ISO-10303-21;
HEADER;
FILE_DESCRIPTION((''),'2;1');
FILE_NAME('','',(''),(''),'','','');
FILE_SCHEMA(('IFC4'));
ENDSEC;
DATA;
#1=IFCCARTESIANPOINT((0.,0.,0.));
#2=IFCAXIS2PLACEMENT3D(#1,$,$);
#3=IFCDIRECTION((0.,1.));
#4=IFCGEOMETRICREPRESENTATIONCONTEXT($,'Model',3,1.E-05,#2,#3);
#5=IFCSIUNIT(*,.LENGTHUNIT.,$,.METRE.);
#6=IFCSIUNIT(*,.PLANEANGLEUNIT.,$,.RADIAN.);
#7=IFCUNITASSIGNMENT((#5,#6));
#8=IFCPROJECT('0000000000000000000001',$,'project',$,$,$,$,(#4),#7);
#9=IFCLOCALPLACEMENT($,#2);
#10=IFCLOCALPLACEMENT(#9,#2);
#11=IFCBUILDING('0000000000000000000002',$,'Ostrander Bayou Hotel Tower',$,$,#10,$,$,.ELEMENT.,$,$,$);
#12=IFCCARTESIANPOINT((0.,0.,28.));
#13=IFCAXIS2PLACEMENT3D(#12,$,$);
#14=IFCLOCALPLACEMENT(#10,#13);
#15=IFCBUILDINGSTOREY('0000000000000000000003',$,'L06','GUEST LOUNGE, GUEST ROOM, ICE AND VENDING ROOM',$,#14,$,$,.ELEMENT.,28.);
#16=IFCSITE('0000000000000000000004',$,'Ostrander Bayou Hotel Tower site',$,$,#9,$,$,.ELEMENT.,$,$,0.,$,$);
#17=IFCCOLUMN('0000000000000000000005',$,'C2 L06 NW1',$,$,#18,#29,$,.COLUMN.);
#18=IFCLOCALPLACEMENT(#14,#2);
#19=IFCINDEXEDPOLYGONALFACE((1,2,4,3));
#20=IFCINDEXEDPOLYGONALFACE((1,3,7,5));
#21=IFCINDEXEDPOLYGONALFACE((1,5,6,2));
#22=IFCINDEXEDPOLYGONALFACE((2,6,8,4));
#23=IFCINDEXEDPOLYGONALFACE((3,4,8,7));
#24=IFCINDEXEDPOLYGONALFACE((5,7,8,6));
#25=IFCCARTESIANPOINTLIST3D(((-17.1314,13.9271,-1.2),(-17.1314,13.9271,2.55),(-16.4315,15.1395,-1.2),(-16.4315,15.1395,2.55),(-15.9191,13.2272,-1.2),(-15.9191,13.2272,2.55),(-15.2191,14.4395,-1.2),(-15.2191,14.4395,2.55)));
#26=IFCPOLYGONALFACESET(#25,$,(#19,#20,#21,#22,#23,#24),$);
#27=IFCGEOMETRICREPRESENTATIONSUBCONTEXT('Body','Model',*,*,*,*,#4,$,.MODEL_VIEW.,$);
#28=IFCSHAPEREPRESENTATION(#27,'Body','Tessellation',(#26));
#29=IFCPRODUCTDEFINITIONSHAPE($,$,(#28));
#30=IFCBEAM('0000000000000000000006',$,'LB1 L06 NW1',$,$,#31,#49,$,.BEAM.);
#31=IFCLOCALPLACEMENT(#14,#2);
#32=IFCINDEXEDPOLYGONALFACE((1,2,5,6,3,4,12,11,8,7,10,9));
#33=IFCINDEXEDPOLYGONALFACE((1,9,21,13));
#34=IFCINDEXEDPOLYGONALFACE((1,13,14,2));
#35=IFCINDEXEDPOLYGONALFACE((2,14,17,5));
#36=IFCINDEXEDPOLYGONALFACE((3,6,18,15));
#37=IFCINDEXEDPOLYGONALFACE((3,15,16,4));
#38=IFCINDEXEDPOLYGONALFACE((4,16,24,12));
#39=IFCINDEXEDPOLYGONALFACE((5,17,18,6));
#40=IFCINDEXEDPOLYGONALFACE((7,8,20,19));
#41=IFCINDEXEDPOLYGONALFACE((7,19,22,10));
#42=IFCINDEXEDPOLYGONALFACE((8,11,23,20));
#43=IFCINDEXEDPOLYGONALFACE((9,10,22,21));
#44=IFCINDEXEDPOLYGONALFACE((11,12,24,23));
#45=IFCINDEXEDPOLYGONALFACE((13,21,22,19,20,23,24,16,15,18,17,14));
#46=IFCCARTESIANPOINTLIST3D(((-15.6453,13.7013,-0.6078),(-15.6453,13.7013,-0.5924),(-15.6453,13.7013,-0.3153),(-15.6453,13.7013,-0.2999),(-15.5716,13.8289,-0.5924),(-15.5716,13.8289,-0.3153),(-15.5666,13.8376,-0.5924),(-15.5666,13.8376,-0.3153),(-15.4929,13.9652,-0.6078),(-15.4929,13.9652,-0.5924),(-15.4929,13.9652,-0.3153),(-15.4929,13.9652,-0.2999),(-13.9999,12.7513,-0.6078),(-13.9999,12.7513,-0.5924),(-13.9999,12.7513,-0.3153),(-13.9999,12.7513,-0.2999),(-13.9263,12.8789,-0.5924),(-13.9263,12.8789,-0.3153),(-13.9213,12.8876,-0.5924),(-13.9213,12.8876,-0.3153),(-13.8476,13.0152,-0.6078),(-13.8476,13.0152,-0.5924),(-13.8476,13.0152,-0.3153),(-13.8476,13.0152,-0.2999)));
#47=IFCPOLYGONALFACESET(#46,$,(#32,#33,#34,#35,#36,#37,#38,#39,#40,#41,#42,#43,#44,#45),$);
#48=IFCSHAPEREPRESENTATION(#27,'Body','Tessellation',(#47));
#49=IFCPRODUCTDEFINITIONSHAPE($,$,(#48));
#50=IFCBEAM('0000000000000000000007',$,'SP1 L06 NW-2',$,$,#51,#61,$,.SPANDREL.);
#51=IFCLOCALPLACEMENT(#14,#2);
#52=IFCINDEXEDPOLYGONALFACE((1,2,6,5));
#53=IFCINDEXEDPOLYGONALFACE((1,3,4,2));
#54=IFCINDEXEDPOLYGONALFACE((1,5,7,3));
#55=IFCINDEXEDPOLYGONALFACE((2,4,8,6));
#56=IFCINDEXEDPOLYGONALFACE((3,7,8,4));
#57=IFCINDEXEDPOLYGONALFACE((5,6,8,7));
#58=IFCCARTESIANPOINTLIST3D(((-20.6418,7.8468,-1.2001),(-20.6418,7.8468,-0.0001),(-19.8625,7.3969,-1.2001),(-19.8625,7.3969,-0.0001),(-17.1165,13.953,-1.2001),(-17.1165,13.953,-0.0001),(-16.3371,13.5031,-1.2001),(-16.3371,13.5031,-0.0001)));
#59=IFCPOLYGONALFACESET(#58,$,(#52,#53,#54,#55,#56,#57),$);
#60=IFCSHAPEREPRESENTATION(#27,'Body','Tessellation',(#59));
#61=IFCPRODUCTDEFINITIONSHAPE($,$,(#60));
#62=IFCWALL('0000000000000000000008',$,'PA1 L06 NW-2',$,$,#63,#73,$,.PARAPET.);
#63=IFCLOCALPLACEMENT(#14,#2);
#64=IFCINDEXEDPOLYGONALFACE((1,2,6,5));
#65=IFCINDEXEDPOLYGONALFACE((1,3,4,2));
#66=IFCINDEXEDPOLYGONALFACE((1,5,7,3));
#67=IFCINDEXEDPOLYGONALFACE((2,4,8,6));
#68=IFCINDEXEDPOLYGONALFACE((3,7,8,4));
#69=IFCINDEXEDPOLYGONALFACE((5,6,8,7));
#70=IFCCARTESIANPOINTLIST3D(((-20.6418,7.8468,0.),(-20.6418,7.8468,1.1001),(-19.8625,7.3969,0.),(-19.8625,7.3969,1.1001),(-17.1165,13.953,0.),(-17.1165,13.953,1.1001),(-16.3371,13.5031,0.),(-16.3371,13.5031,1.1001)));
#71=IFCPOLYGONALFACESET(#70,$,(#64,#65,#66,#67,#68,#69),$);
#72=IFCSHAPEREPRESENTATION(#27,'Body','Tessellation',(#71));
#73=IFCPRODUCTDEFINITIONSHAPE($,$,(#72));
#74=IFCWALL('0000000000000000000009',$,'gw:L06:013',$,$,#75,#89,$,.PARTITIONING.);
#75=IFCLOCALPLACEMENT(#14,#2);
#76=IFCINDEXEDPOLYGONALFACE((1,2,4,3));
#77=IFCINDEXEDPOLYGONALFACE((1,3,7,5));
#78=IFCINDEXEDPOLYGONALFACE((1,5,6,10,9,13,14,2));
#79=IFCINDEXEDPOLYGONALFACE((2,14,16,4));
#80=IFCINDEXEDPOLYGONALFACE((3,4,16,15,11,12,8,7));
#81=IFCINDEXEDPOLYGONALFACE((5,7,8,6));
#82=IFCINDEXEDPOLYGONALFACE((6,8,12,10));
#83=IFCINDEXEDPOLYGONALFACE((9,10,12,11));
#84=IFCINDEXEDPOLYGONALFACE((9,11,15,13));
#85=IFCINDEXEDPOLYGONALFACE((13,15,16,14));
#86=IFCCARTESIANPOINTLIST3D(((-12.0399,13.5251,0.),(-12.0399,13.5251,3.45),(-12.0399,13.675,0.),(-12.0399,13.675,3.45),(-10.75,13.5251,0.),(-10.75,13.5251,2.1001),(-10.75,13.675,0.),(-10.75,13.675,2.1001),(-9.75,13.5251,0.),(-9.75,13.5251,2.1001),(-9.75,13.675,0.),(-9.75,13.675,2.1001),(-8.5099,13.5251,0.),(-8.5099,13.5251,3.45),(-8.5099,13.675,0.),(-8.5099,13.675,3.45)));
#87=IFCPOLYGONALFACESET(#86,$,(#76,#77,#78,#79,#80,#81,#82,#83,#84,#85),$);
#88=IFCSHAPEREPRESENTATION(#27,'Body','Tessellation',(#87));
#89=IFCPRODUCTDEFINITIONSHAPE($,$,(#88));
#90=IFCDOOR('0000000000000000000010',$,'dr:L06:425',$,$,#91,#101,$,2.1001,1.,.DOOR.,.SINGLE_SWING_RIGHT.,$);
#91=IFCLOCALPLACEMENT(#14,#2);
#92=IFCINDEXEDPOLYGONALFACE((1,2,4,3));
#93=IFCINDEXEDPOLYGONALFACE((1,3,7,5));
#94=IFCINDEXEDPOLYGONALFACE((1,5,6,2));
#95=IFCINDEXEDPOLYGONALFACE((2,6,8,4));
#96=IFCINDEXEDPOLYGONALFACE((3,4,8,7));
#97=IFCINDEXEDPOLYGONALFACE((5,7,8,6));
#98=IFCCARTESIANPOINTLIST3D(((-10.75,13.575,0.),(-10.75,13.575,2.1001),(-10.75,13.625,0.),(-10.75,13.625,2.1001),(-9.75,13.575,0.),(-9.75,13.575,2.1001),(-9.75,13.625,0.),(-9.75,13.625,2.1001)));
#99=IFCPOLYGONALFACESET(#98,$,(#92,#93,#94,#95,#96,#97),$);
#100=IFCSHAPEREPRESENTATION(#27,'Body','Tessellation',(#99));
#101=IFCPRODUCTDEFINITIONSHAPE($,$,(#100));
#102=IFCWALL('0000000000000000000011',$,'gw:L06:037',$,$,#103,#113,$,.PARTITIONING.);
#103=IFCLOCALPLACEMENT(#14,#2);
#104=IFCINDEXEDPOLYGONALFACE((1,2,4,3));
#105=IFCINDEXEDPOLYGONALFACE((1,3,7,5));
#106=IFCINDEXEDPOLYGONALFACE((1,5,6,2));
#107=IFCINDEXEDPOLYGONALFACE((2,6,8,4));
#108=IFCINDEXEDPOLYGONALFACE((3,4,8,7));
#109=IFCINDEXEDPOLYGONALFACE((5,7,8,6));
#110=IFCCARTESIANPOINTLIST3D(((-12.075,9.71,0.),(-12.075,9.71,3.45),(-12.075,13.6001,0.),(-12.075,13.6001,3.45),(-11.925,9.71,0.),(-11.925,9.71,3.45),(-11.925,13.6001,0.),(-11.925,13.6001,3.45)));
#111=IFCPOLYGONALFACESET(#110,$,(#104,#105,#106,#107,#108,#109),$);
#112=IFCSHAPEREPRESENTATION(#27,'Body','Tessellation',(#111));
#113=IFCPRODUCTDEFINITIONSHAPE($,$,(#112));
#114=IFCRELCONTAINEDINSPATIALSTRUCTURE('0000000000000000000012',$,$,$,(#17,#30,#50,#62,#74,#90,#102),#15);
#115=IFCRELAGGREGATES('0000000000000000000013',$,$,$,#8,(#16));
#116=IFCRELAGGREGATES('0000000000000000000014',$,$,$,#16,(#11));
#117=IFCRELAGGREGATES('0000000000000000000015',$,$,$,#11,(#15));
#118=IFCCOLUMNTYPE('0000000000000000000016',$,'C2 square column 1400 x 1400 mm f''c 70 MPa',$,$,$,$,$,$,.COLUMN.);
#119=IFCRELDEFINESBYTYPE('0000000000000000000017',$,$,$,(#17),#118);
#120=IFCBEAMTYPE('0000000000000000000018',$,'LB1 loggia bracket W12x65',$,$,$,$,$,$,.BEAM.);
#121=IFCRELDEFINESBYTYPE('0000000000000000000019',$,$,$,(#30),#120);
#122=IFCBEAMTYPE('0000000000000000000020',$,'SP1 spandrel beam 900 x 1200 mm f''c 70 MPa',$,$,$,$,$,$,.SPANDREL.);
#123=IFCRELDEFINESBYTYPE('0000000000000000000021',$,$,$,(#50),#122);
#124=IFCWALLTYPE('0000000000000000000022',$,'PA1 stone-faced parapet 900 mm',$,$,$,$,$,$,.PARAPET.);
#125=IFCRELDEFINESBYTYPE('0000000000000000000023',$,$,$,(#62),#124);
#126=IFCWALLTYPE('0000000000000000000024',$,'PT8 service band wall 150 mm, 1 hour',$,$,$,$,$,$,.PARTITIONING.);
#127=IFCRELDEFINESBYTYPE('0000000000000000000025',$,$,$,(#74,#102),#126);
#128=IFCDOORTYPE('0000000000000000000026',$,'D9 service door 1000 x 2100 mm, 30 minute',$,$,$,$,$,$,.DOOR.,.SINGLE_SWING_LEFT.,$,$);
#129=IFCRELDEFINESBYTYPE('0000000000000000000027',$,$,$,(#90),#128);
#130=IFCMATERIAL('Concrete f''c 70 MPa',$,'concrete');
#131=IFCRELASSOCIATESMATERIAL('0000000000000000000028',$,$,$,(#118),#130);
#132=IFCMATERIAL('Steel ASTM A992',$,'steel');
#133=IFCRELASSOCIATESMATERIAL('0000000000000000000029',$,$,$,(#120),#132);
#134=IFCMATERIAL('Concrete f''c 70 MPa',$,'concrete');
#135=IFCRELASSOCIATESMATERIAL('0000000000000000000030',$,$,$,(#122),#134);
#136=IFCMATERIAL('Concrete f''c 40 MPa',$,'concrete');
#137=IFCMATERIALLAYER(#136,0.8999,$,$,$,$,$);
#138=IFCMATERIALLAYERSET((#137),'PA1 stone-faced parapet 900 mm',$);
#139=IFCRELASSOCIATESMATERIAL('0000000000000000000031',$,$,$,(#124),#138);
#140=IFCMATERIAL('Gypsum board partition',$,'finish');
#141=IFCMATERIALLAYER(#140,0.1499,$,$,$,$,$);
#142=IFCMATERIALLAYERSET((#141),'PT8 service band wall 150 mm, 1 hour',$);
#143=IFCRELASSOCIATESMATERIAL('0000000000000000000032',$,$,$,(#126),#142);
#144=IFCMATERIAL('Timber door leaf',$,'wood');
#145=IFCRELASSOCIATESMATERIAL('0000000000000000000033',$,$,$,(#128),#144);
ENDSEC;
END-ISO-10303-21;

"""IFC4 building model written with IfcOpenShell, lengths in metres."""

from ifc_helpers import new_model, si_unit, direction, frame, frame_2d, origin, origin_2d, place, context, subcontext, project, spatial, rectangle, i_section, extrude, material, layer, layer_set, material_profile, profile_set, type_object, element, fill, save


model = new_model("IFC4")

# Units and contexts
model_context = context("Model", 3, precision=1e-05, world=origin(), true_north=direction((0.0, 1.0)))
body_context = subcontext(model_context, "Body", "Model", "MODEL_VIEW")
ifc_project = project(units=[si_unit("LENGTHUNIT", "METRE"), si_unit("PLANEANGLEUNIT", "RADIAN")], contexts=[model_context])

# Site, building, storey
site_placement = place(None, origin())
site = spatial("IfcSite", under=ifc_project, at=site_placement, Name="Ostrander Bayou Hotel Tower site", CompositionType="ELEMENT", RefElevation=0.0)
building_placement = place(site_placement, origin())
building = spatial("IfcBuilding", under=site, at=building_placement, Name="Ostrander Bayou Hotel Tower", CompositionType="ELEMENT")
storey_placement = place(building_placement, frame((0.0, 0.0, 28.0)))
storey = spatial("IfcBuildingStorey", under=building, at=storey_placement, Name="L06", Description="GUEST LOUNGE, GUEST ROOM, ICE AND VENDING ROOM", CompositionType="ELEMENT", Elevation=28.0)

# Column
ifc_material_1 = material(Name="Concrete f'c 70 MPa", Category="concrete")
ifc_material_profile_1 = material_profile(ifc_material_1, rectangle(XDim=1.3999, YDim=1.3999, at=origin_2d()))
ifc_profile_set_1 = profile_set([ifc_material_profile_1], Name="Concrete f'c 70 MPa")
column_type = type_object("IfcColumnType", Name="C2 square column 1400 x 1400 mm f'c 70 MPa", PredefinedType="COLUMN", material=ifc_profile_set_1)
column_placement = place(storey_placement, frame((-16.1753, 14.1833, -1.2), z_axis=(0.0, 0.0, 1.0), x_axis=(0.5, 0.866025, 0.0)))
element("IfcColumn", 1, at=column_placement, inside=storey, type_object=column_type, Name="C2 L06 NW1", PredefinedType="COLUMN", context=body_context, shape_type="SweptSolid", body=[
    extrude(rectangle(XDim=1.3999, YDim=1.3999, at=origin_2d()), origin(), (0.0, 0.0, 1.0), 3.75),
])

# Beams
ifc_material_2 = material(Name="Steel ASTM A992", Category="steel")
ifc_material_profile_2 = material_profile(ifc_material_2, i_section(OverallWidth=0.3047, OverallDepth=0.3079, WebThickness=0.01, FlangeThickness=0.0154, at=origin_2d()))
ifc_profile_set_2 = profile_set([ifc_material_profile_2], Name="Steel ASTM A992")
beam_type_1 = type_object("IfcBeamType", Name="LB1 loggia bracket W12x65", PredefinedType="BEAM", material=ifc_profile_set_2)
beam_1_placement = place(storey_placement, frame((-15.5691, 13.8333, -0.4539), z_axis=(0.866012, -0.500023, 0.0), x_axis=(0.500023, 0.866012, 0.0)))
element("IfcBeam", 2, at=beam_1_placement, inside=storey, type_object=beam_type_1, Name="LB1 L06 NW1", PredefinedType="BEAM", context=body_context, shape_type="SweptSolid", body=[
    extrude(i_section(OverallWidth=0.3047, OverallDepth=0.3079, WebThickness=0.01, FlangeThickness=0.0154, at=origin_2d()), origin(), (0.0, 0.0, 1.0), 1.8999),
])
ifc_material_3 = material(Name="Concrete f'c 70 MPa", Category="concrete")
ifc_material_profile_3 = material_profile(ifc_material_3, rectangle(XDim=0.8999, YDim=1.2, at=origin_2d()))
ifc_profile_set_3 = profile_set([ifc_material_profile_3], Name="Concrete f'c 70 MPa")
beam_type_2 = type_object("IfcBeamType", Name="SP1 spandrel beam 900 x 1200 mm f'c 70 MPa", PredefinedType="SPANDREL", material=ifc_profile_set_3)
beam_2_placement = place(storey_placement, frame((-16.7268, 13.728, -0.6001), z_axis=(-0.499997, -0.866027, 0.0), x_axis=(0.866027, -0.499997, 0.0)))
element("IfcBeam", 3, at=beam_2_placement, inside=storey, type_object=beam_type_2, Name="SP1 L06 NW-2", PredefinedType="SPANDREL", context=body_context, shape_type="SweptSolid", body=[
    extrude(rectangle(XDim=0.8999, YDim=1.2, at=origin_2d()), origin(), (0.0, 0.0, 1.0), 7.0508),
])

# Wall
ifc_material_4 = material(Name="Concrete f'c 40 MPa", Category="concrete")
ifc_layer_1 = layer(ifc_material_4, 0.8999)
ifc_layer_set_1 = layer_set([ifc_layer_1], Name="PA1 stone-faced parapet 900 mm")
wall_type_1 = type_object("IfcWallType", Name="PA1 stone-faced parapet 900 mm", PredefinedType="PARAPET", material=ifc_layer_set_1)
wall_1_placement = place(storey_placement, frame((-16.7268, 13.728, 0.0), z_axis=(0.0, 0.0, 1.0), x_axis=(-0.499997, -0.866027, 0.0)))
element("IfcWall", 4, at=wall_1_placement, inside=storey, type_object=wall_type_1, Name="PA1 L06 NW-2", PredefinedType="PARAPET", context=body_context, shape_type="SweptSolid", body=[
    extrude(rectangle(XDim=7.0508, YDim=0.8999, at=frame_2d((3.5254, 0.0))), origin(), (0.0, 0.0, 1.0), 1.1001),
])

# Wall, opening, door
ifc_material_5 = material(Name="Gypsum board partition", Category="finish")
ifc_layer_2 = layer(ifc_material_5, 0.1499)
ifc_layer_set_2 = layer_set([ifc_layer_2], Name="PT8 service band wall 150 mm, 1 hour")
wall_type_2 = type_object("IfcWallType", Name="PT8 service band wall 150 mm, 1 hour", PredefinedType="PARTITIONING", material=ifc_layer_set_2)
wall_2_placement = place(storey_placement, frame((-12.04, 13.6001, 0.0), z_axis=(0.0, 0.0, 1.0), x_axis=(1.0, 0.0, 0.0)))
wall_2 = element("IfcWall", 5, at=wall_2_placement, inside=storey, type_object=wall_type_2, Name="gw:L06:013", PredefinedType="PARTITIONING", context=body_context, shape_type="SweptSolid", body=[
    extrude(rectangle(XDim=3.53, YDim=0.1499, at=frame_2d((1.7651, 0.0))), origin(), (0.0, 0.0, 1.0), 3.45),
])
opening_placement = place(wall_2_placement, frame((1.29, 0.0, 0.0)))
opening = element("IfcOpeningElement", 6, at=opening_placement, cuts=wall_2, PredefinedType="OPENING", context=body_context, shape_type="SweptSolid", body=[
    extrude(rectangle(XDim=1.0, YDim=2.1001, at=frame_2d((0.5, 1.05))), frame((0.0, 0.075, 0.0), z_axis=(0.0, -1.0, 0.0), x_axis=(1.0, 0.0, 0.0)), (0.0, 0.0, 1.0), 0.1499),
])
ifc_material_6 = material(Name="Timber door leaf", Category="wood")
door_type = type_object("IfcDoorType", Name="D9 service door 1000 x 2100 mm, 30 minute", OperationType="SINGLE_SWING_LEFT", PredefinedType="DOOR", material=ifc_material_6)
door_placement = place(opening_placement, origin())
door = element("IfcDoor", 7, at=door_placement, inside=storey, type_object=door_type, Name="dr:L06:425", OperationType="SINGLE_SWING_RIGHT", OverallHeight=2.1001, OverallWidth=1.0, PredefinedType="DOOR", context=body_context, shape_type="SweptSolid", body=[
    extrude(rectangle(XDim=1.0, YDim=2.1001, at=frame_2d((0.5, 1.05))), frame((0.0, 0.0249, 0.0), z_axis=(0.0, -1.0, 0.0), x_axis=(1.0, 0.0, 0.0)), (0.0, 0.0, 1.0), 0.05),
])
fill(opening, door)

# Wall
wall_3_placement = place(storey_placement, frame((-12.0, 9.71, 0.0), z_axis=(0.0, 0.0, 1.0), x_axis=(0.0, 1.0, 0.0)))
element("IfcWall", 8, at=wall_3_placement, inside=storey, type_object=wall_type_2, Name="gw:L06:037", PredefinedType="PARTITIONING", context=body_context, shape_type="SweptSolid", body=[
    extrude(rectangle(XDim=3.8901, YDim=0.1499, at=frame_2d((1.9451, 0.0))), origin(), (0.0, 0.0, 1.0), 3.45),
])

save(model, "model.ifc")
